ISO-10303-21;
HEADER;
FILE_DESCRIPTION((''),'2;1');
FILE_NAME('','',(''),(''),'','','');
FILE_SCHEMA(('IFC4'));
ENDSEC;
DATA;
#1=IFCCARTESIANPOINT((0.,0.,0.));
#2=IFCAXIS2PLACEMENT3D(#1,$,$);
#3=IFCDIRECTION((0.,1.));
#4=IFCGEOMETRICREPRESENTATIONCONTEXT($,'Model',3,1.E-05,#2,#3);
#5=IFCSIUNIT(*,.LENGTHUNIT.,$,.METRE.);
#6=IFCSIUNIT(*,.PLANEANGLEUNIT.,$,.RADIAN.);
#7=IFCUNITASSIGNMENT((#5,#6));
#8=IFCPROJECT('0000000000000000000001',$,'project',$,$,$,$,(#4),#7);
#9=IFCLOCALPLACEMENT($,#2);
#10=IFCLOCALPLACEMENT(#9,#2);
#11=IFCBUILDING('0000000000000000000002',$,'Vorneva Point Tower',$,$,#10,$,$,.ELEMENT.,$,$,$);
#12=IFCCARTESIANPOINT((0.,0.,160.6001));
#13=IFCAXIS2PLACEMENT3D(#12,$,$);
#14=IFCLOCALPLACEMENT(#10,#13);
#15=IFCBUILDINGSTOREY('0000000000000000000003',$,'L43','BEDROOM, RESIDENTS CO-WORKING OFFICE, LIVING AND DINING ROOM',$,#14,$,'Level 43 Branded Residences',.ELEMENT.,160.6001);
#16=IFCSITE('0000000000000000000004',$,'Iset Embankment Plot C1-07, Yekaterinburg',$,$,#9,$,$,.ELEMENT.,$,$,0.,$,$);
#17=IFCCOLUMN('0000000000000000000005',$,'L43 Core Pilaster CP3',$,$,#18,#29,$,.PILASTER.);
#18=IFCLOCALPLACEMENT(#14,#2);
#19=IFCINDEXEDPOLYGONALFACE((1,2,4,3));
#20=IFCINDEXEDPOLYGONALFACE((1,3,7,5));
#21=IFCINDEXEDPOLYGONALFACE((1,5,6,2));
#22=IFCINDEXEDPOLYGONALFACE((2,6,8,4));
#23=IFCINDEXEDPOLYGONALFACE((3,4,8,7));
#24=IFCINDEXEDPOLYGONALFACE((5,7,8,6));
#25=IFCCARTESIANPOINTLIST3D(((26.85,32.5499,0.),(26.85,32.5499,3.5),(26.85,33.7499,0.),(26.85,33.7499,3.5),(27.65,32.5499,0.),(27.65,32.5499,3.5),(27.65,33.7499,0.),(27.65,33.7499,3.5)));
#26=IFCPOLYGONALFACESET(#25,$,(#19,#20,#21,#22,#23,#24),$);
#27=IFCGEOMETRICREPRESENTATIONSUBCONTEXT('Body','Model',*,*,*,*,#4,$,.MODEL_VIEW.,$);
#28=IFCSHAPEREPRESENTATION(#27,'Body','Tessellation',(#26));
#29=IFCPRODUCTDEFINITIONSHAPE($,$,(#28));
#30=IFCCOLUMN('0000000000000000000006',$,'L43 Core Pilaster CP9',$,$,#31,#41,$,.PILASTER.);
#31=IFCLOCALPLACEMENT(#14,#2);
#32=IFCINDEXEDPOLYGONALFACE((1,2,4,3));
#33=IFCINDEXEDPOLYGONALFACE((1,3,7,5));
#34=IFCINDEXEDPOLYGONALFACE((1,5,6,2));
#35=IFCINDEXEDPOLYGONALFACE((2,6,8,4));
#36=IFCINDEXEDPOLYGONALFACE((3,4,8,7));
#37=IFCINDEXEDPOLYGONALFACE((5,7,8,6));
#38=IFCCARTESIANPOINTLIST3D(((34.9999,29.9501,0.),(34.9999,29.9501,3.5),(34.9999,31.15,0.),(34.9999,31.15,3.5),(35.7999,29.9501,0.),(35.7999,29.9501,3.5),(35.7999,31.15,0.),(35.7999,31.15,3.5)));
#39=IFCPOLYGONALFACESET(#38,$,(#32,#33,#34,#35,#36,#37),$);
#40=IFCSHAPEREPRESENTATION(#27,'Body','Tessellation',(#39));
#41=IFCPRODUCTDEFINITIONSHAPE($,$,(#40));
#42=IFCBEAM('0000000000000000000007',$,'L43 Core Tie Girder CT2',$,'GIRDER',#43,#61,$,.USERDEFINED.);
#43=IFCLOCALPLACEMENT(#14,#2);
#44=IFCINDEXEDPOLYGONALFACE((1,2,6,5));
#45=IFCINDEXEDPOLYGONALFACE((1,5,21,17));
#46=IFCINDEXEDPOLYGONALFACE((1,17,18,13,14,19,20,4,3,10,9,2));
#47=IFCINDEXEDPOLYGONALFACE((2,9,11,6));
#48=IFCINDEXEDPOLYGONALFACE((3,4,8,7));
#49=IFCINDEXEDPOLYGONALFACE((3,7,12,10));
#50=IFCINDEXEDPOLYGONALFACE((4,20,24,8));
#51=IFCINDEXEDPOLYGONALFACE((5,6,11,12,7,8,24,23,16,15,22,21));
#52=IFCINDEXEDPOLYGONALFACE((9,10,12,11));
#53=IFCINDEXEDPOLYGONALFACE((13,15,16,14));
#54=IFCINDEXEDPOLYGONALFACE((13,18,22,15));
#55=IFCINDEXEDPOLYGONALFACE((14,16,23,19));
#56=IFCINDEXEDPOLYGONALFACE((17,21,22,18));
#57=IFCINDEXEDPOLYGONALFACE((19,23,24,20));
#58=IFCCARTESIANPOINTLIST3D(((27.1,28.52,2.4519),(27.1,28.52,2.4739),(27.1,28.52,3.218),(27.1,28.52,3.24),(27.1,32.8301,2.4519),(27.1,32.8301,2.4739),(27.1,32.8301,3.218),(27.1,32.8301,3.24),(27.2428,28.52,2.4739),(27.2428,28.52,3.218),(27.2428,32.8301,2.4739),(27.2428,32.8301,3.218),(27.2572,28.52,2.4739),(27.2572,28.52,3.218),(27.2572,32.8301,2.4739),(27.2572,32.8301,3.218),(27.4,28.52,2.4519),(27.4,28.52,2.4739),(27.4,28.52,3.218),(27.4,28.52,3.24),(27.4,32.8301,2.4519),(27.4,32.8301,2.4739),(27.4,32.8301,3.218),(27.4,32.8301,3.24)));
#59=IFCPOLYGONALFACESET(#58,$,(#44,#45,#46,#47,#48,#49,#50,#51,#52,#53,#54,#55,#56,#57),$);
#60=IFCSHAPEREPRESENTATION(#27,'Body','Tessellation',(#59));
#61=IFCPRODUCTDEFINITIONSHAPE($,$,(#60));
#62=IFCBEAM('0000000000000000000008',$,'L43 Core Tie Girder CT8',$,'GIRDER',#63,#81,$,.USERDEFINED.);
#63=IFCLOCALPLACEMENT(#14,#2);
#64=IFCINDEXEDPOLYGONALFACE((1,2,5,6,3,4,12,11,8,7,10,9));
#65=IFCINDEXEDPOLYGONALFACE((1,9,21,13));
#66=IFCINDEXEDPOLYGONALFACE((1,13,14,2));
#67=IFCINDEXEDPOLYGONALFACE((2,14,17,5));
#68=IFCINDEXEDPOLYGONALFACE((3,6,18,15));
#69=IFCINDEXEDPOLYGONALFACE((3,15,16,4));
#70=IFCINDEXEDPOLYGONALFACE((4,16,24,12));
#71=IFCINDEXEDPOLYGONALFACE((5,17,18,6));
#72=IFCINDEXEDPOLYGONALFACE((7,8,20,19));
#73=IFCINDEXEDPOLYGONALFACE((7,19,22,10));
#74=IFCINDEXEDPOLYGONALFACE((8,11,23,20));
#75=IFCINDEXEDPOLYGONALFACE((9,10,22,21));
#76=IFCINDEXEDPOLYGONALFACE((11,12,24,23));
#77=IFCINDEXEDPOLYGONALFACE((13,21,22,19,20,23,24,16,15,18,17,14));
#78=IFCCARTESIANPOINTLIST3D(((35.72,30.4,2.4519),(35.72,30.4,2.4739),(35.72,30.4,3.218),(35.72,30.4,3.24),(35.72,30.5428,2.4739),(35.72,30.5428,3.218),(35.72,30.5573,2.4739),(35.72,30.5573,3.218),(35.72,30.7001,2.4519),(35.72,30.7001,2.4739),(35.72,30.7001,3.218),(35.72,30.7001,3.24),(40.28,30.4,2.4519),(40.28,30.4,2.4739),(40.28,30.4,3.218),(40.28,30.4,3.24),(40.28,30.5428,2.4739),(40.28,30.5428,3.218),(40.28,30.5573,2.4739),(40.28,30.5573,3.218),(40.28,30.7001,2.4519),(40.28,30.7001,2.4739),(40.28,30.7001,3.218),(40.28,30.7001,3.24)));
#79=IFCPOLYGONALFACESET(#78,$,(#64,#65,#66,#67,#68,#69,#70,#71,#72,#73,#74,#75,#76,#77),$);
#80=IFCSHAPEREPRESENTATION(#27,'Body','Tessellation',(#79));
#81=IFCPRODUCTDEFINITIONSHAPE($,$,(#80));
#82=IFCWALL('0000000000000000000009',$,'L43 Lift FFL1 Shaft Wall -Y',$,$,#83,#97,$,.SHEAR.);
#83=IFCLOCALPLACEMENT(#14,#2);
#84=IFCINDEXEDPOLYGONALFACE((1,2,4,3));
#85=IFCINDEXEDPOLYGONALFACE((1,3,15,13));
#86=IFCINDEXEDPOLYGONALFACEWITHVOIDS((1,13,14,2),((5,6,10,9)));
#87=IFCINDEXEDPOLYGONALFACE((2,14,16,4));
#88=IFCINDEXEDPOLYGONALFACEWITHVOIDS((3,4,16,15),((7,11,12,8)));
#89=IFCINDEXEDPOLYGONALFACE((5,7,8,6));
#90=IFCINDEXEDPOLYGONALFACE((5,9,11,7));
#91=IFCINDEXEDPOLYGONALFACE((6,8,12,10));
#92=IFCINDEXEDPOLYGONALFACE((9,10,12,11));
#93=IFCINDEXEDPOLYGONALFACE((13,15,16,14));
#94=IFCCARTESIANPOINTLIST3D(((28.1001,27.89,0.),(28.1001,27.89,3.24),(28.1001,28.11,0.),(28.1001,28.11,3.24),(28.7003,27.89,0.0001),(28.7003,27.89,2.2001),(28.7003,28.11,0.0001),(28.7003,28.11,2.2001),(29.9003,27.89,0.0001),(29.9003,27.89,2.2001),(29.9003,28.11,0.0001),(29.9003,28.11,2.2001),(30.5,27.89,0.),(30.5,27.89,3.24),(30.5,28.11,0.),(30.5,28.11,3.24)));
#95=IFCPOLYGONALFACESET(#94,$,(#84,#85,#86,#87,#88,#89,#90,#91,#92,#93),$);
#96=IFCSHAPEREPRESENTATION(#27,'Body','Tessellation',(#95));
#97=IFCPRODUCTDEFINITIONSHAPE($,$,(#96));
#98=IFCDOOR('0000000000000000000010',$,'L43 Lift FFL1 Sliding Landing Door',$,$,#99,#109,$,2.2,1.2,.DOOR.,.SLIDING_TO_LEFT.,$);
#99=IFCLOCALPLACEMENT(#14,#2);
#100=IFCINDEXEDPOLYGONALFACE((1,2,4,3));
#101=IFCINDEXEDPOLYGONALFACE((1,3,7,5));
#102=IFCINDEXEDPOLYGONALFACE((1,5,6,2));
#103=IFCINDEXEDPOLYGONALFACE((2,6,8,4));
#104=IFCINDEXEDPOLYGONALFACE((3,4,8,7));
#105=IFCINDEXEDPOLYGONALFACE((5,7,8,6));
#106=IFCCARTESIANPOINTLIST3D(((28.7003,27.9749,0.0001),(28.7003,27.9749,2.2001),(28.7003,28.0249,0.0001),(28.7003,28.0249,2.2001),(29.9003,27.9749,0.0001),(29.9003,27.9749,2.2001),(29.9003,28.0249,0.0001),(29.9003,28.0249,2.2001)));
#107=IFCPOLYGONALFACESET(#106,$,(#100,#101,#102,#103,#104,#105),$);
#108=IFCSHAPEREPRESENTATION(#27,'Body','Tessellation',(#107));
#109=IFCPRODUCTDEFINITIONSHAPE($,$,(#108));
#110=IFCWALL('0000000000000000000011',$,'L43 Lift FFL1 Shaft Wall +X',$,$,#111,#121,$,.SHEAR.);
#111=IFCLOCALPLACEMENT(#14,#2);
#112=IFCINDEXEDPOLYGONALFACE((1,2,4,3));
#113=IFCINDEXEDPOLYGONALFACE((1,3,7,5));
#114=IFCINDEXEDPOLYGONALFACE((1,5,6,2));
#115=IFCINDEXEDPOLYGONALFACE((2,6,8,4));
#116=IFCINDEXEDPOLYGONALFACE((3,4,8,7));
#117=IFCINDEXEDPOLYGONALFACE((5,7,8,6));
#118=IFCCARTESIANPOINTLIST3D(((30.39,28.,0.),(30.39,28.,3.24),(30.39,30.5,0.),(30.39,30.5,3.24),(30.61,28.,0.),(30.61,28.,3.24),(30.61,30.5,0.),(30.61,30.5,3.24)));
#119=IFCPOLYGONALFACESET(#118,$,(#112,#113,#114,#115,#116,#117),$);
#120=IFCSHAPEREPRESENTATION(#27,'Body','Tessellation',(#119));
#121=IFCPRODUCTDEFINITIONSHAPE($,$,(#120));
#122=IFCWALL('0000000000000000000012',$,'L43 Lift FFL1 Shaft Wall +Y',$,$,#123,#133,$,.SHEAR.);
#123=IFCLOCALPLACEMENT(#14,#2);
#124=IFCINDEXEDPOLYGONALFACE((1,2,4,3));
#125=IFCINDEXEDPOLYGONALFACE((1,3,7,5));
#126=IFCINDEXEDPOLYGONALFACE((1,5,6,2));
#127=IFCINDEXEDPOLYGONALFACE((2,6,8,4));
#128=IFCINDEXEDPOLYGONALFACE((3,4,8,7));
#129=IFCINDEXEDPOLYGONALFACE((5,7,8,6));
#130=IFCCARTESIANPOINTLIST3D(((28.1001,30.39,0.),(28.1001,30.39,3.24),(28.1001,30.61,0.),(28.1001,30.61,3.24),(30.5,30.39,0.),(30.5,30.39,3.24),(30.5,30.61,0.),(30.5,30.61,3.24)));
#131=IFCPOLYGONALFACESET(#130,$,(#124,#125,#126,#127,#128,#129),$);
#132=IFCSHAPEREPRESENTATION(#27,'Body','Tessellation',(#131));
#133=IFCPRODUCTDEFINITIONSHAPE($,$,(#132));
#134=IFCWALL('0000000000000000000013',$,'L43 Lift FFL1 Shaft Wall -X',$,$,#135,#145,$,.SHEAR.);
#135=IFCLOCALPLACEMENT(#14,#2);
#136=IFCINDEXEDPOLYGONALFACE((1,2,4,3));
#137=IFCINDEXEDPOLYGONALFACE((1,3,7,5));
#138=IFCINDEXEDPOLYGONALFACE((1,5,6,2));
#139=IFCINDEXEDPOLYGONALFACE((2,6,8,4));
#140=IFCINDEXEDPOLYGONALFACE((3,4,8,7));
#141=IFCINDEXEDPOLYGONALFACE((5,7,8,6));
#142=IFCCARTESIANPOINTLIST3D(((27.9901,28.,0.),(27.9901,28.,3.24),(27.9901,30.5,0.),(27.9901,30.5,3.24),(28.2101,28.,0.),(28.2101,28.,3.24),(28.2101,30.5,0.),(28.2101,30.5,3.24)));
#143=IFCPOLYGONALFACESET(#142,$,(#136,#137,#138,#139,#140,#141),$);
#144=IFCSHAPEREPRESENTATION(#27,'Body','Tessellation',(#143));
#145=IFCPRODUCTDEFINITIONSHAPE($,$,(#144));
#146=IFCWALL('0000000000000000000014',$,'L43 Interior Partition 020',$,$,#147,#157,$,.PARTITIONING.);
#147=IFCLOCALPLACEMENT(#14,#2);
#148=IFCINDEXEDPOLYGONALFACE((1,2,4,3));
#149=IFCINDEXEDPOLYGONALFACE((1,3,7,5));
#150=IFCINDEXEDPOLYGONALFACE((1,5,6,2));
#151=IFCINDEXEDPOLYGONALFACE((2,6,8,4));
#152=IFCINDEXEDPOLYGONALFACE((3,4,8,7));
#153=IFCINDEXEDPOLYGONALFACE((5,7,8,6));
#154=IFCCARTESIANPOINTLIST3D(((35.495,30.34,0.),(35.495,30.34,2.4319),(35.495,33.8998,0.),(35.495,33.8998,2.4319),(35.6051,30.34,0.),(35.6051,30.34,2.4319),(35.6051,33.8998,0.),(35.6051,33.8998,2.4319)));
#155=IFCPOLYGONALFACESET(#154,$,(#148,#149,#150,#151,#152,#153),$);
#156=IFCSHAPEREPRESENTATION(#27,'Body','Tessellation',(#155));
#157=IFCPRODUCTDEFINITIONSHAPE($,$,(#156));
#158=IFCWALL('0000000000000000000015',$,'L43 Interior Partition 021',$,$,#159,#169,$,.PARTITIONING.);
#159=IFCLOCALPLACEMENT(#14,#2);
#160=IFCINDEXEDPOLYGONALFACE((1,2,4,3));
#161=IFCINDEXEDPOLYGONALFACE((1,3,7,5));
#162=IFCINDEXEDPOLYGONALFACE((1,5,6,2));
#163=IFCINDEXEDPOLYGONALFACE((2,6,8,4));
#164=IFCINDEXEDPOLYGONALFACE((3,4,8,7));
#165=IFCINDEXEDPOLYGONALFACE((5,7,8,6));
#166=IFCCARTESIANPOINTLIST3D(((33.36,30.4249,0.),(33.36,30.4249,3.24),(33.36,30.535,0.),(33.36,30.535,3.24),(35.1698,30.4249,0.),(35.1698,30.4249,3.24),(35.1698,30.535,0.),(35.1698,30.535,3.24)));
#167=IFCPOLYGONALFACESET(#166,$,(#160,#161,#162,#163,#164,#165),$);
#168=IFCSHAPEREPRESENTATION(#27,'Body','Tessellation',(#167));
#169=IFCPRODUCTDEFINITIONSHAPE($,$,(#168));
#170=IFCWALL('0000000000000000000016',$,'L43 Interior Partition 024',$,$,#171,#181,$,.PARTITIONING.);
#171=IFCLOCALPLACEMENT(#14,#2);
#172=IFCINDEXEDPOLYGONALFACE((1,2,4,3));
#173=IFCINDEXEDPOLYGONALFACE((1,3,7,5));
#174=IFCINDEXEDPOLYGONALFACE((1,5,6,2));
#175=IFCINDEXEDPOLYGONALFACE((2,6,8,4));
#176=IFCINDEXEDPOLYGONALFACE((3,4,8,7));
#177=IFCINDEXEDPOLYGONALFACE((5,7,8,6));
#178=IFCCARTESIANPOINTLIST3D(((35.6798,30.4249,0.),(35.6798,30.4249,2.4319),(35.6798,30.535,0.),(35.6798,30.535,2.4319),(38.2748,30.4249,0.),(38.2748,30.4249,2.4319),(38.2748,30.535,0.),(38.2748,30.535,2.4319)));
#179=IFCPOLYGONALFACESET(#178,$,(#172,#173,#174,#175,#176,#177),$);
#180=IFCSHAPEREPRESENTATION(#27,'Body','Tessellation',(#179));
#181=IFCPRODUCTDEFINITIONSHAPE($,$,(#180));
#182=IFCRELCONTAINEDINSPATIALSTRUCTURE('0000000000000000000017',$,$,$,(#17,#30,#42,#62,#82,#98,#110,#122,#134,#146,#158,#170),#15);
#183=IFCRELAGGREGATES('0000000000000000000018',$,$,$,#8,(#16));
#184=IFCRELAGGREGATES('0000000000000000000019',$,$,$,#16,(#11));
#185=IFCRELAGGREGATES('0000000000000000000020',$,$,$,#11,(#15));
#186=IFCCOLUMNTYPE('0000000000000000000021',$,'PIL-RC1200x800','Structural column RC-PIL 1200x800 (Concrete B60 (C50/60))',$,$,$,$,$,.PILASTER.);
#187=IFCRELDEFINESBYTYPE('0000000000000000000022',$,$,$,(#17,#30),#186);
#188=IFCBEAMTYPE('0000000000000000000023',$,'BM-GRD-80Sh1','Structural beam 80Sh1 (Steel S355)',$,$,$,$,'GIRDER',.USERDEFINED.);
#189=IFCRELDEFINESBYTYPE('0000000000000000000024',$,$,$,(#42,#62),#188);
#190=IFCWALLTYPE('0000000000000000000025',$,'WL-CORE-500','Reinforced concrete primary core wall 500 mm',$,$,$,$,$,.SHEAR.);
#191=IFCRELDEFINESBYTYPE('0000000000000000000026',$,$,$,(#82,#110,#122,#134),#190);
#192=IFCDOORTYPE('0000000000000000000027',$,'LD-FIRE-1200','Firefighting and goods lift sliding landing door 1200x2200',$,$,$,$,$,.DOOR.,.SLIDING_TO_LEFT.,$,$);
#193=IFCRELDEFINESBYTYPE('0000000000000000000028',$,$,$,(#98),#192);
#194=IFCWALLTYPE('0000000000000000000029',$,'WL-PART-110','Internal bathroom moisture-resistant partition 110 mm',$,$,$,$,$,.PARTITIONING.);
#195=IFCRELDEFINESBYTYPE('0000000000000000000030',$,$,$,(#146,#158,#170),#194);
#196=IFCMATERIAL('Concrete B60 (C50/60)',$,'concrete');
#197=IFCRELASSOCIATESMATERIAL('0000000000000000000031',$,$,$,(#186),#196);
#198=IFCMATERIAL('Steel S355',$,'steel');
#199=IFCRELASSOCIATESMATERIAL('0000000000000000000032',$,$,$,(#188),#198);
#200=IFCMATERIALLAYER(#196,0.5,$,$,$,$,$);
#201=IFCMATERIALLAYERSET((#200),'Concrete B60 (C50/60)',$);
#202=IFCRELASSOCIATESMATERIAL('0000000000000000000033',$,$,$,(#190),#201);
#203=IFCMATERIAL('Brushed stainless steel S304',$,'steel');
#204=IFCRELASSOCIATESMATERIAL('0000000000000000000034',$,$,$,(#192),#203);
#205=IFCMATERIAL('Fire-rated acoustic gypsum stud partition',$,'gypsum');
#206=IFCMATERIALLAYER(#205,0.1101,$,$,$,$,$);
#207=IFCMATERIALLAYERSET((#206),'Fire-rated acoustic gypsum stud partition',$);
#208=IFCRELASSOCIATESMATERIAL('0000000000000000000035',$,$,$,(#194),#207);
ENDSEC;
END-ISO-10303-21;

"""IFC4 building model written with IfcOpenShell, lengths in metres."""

from ifc_helpers import new_model, si_unit, direction, frame, frame_2d, origin, origin_2d, place, context, subcontext, project, spatial, rectangle, i_section, extrude, material, layer, layer_set, material_profile, profile_set, type_object, element, fill, save


model = new_model("IFC4")

# Units and contexts
model_context = context("Model", 3, precision=1e-05, world=origin(), true_north=direction((0.0, 1.0)))
body_context = subcontext(model_context, "Body", "Model", "MODEL_VIEW")
ifc_project = project(units=[si_unit("LENGTHUNIT", "METRE"), si_unit("PLANEANGLEUNIT", "RADIAN")], contexts=[model_context])

# Site, building, storey
site_placement = place(None, origin())
site = spatial("IfcSite", under=ifc_project, at=site_placement, Name="Iset Embankment Plot C1-07, Yekaterinburg", CompositionType="ELEMENT", RefElevation=0.0)
building_placement = place(site_placement, origin())
building = spatial("IfcBuilding", under=site, at=building_placement, Name="Vorneva Point Tower", CompositionType="ELEMENT")
storey_placement = place(building_placement, frame((0.0, 0.0, 160.6001)))
storey = spatial("IfcBuildingStorey", under=building, at=storey_placement, Name="L43", Description="BEDROOM, RESIDENTS CO-WORKING OFFICE, LIVING AND DINING ROOM", LongName="Level 43 Branded Residences", CompositionType="ELEMENT", Elevation=160.6001)

# Columns
ifc_material_1 = material(Name="Concrete B60 (C50/60)", Category="concrete")
ifc_material_profile_1 = material_profile(ifc_material_1, rectangle(XDim=0.8, YDim=1.2, at=origin_2d()), Name="RC-PIL 1200x800")
ifc_profile_set_1 = profile_set([ifc_material_profile_1], Name="Concrete B60 (C50/60)")
column_type = type_object("IfcColumnType", Name="PIL-RC1200x800", Description="Structural column RC-PIL 1200x800 (Concrete B60 (C50/60))", PredefinedType="PILASTER", material=ifc_profile_set_1)
for number, where, z_axis, x_axis, name in (
    (1, (27.25, 33.1499, 0.0), (0.0, 0.0, 1.0), (1.0, 0.0, 0.0), "L43 Core Pilaster CP3"),
    (2, (35.3999, 30.55, 0.0), (0.0, 0.0, 1.0), (1.0, 0.0, 0.0), "L43 Core Pilaster CP9"),
):
    element("IfcColumn", number, at=place(storey_placement, frame(where, z_axis=z_axis, x_axis=x_axis)), inside=storey, type_object=column_type, Name=name, PredefinedType="PILASTER", context=body_context, shape_type="SweptSolid", body=[
        extrude(rectangle(XDim=0.8, YDim=1.2, at=origin_2d()), origin(), (0.0, 0.0, 1.0), 3.5),
    ])

# Beams
ifc_material_2 = material(Name="Steel S355", Category="steel")
ifc_material_profile_2 = material_profile(ifc_material_2, i_section(OverallWidth=0.3, OverallDepth=0.7881, WebThickness=0.0144, FlangeThickness=0.022, at=origin_2d()), Name="80Sh1")
ifc_profile_set_2 = profile_set([ifc_material_profile_2], Name="Steel S355")
beam_type = type_object("IfcBeamType", Name="BM-GRD-80Sh1", Description="Structural beam 80Sh1 (Steel S355)", ElementType="GIRDER", PredefinedType="USERDEFINED", material=ifc_profile_set_2)
beam_1_placement = place(storey_placement, frame((27.25, 28.52, 2.8459), z_axis=(0.0, 1.0, 0.0), x_axis=(-1.0, 0.0, 0.0)))
element("IfcBeam", 3, at=beam_1_placement, inside=storey, type_object=beam_type, Name="L43 Core Tie Girder CT2", ObjectType="GIRDER", PredefinedType="USERDEFINED", context=body_context, shape_type="SweptSolid", body=[
    extrude(i_section(OverallWidth=0.3, OverallDepth=0.7881, WebThickness=0.0144, FlangeThickness=0.022, at=origin_2d()), origin(), (0.0, 0.0, 1.0), 4.3101),
])
beam_2_placement = place(storey_placement, frame((35.72, 30.55, 2.8459), z_axis=(1.0, 0.0, 0.0), x_axis=(0.0, 1.0, 0.0)))
element("IfcBeam", 4, at=beam_2_placement, inside=storey, type_object=beam_type, Name="L43 Core Tie Girder CT8", ObjectType="GIRDER", PredefinedType="USERDEFINED", context=body_context, shape_type="SweptSolid", body=[
    extrude(i_section(OverallWidth=0.3, OverallDepth=0.7881, WebThickness=0.0144, FlangeThickness=0.022, at=origin_2d()), origin(), (0.0, 0.0, 1.0), 4.5601),
])

# Wall, opening, door
ifc_layer_1 = layer(ifc_material_1, 0.5)
ifc_layer_set_1 = layer_set([ifc_layer_1], Name="Concrete B60 (C50/60)")
wall_type_1 = type_object("IfcWallType", Name="WL-CORE-500", Description="Reinforced concrete primary core wall 500 mm", PredefinedType="SHEAR", material=ifc_layer_set_1)
wall_1_placement = place(storey_placement, frame((28.1001, 28.0, 0.0), z_axis=(0.0, 0.0, 1.0), x_axis=(1.0, 0.0, 0.0)))
wall_1 = element("IfcWall", 5, at=wall_1_placement, inside=storey, type_object=wall_type_1, Name="L43 Lift FFL1 Shaft Wall -Y", PredefinedType="SHEAR", context=body_context, shape_type="SweptSolid", body=[
    extrude(rectangle(XDim=2.3999, YDim=0.22, at=frame_2d((1.2, 0.0))), origin(), (0.0, 0.0, 1.0), 3.24),
])
opening_1_placement = place(wall_1_placement, frame((0.6001, 0.0, 0.0)))
opening_1 = element("IfcOpeningElement", 6, at=opening_1_placement, cuts=wall_1, PredefinedType="OPENING", context=body_context, shape_type="SweptSolid", body=[
    extrude(rectangle(XDim=1.2, YDim=2.2, at=frame_2d((0.6001, 1.1001))), frame((0.0, 0.125, 0.0), z_axis=(0.0, -1.0, 0.0), x_axis=(1.0, 0.0, 0.0)), (0.0, 0.0, 1.0), 0.2498),
])
ifc_material_3 = material(Name="Brushed stainless steel S304", Category="steel")
door_type_1 = type_object("IfcDoorType", Name="LD-FIRE-1200", Description="Firefighting and goods lift sliding landing door 1200x2200", OperationType="SLIDING_TO_LEFT", PredefinedType="DOOR", material=ifc_material_3)
door_1_placement = place(opening_1_placement, origin())
door_1 = element("IfcDoor", 7, at=door_1_placement, inside=storey, type_object=door_type_1, Name="L43 Lift FFL1 Sliding Landing Door", OperationType="SLIDING_TO_LEFT", OverallHeight=2.2, OverallWidth=1.2, PredefinedType="DOOR", context=body_context, shape_type="SweptSolid", body=[
    extrude(rectangle(XDim=1.2, YDim=2.2, at=frame_2d((0.6001, 1.1001))), frame((0.0, 0.0249, 0.0), z_axis=(0.0, -1.0, 0.0), x_axis=(1.0, 0.0, 0.0)), (0.0, 0.0, 1.0), 0.05),
])
fill(opening_1, door_1)

# Walls
wall_2_placement = place(storey_placement, frame((30.5, 28.0, 0.0), z_axis=(0.0, 0.0, 1.0), x_axis=(0.0, 1.0, 0.0)))
element("IfcWall", 8, at=wall_2_placement, inside=storey, type_object=wall_type_1, Name="L43 Lift FFL1 Shaft Wall +X", PredefinedType="SHEAR", context=body_context, shape_type="SweptSolid", body=[
    extrude(rectangle(XDim=2.5, YDim=0.22, at=frame_2d((1.25, 0.0))), origin(), (0.0, 0.0, 1.0), 3.24),
])
wall_3_placement = place(storey_placement, frame((30.5, 30.5, 0.0), z_axis=(0.0, 0.0, 1.0), x_axis=(-1.0, 0.0, 0.0)))
element("IfcWall", 9, at=wall_3_placement, inside=storey, type_object=wall_type_1, Name="L43 Lift FFL1 Shaft Wall +Y", PredefinedType="SHEAR", context=body_context, shape_type="SweptSolid", body=[
    extrude(rectangle(XDim=2.3999, YDim=0.22, at=frame_2d((1.2, 0.0))), origin(), (0.0, 0.0, 1.0), 3.24),
])
wall_4_placement = place(storey_placement, frame((28.1001, 30.5, 0.0), z_axis=(0.0, 0.0, 1.0), x_axis=(0.0, -1.0, 0.0)))
element("IfcWall", 10, at=wall_4_placement, inside=storey, type_object=wall_type_1, Name="L43 Lift FFL1 Shaft Wall -X", PredefinedType="SHEAR", context=body_context, shape_type="SweptSolid", body=[
    extrude(rectangle(XDim=2.5, YDim=0.22, at=frame_2d((1.25, 0.0))), origin(), (0.0, 0.0, 1.0), 3.24),
])
ifc_material_4 = material(Name="Fire-rated acoustic gypsum stud partition", Category="gypsum")
ifc_layer_2 = layer(ifc_material_4, 0.1101)
ifc_layer_set_2 = layer_set([ifc_layer_2], Name="Fire-rated acoustic gypsum stud partition")
wall_type_2 = type_object("IfcWallType", Name="WL-PART-110", Description="Internal bathroom moisture-resistant partition 110 mm", PredefinedType="PARTITIONING", material=ifc_layer_set_2)
wall_5_placement = place(storey_placement, frame((35.55, 30.3401, 0.0), z_axis=(0.0, 0.0, 1.0), x_axis=(0.0, 1.0, 0.0)))
element("IfcWall", 11, at=wall_5_placement, inside=storey, type_object=wall_type_2, Name="L43 Interior Partition 020", PredefinedType="PARTITIONING", context=body_context, shape_type="SweptSolid", body=[
    extrude(rectangle(XDim=3.5598, YDim=0.1101, at=frame_2d((1.7798, 0.0))), origin(), (0.0, 0.0, 1.0), 2.4319),
])
wall_6_placement = place(storey_placement, frame((33.3601, 30.48, 0.0), z_axis=(0.0, 0.0, 1.0), x_axis=(1.0, 0.0, 0.0)))
element("IfcWall", 12, at=wall_6_placement, inside=storey, type_object=wall_type_2, Name="L43 Interior Partition 021", PredefinedType="PARTITIONING", context=body_context, shape_type="SweptSolid", body=[
    extrude(rectangle(XDim=1.8098, YDim=0.1101, at=frame_2d((0.9048, 0.0))), origin(), (0.0, 0.0, 1.0), 3.24),
])
wall_7_placement = place(storey_placement, frame((35.6799, 30.48, 0.0), z_axis=(0.0, 0.0, 1.0), x_axis=(1.0, 0.0, 0.0)))
element("IfcWall", 13, at=wall_7_placement, inside=storey, type_object=wall_type_2, Name="L43 Interior Partition 024", PredefinedType="PARTITIONING", context=body_context, shape_type="SweptSolid", body=[
    extrude(rectangle(XDim=2.595, YDim=0.1101, at=frame_2d((1.2974, 0.0))), origin(), (0.0, 0.0, 1.0), 2.4319),
])

save(model, "model.ifc")
